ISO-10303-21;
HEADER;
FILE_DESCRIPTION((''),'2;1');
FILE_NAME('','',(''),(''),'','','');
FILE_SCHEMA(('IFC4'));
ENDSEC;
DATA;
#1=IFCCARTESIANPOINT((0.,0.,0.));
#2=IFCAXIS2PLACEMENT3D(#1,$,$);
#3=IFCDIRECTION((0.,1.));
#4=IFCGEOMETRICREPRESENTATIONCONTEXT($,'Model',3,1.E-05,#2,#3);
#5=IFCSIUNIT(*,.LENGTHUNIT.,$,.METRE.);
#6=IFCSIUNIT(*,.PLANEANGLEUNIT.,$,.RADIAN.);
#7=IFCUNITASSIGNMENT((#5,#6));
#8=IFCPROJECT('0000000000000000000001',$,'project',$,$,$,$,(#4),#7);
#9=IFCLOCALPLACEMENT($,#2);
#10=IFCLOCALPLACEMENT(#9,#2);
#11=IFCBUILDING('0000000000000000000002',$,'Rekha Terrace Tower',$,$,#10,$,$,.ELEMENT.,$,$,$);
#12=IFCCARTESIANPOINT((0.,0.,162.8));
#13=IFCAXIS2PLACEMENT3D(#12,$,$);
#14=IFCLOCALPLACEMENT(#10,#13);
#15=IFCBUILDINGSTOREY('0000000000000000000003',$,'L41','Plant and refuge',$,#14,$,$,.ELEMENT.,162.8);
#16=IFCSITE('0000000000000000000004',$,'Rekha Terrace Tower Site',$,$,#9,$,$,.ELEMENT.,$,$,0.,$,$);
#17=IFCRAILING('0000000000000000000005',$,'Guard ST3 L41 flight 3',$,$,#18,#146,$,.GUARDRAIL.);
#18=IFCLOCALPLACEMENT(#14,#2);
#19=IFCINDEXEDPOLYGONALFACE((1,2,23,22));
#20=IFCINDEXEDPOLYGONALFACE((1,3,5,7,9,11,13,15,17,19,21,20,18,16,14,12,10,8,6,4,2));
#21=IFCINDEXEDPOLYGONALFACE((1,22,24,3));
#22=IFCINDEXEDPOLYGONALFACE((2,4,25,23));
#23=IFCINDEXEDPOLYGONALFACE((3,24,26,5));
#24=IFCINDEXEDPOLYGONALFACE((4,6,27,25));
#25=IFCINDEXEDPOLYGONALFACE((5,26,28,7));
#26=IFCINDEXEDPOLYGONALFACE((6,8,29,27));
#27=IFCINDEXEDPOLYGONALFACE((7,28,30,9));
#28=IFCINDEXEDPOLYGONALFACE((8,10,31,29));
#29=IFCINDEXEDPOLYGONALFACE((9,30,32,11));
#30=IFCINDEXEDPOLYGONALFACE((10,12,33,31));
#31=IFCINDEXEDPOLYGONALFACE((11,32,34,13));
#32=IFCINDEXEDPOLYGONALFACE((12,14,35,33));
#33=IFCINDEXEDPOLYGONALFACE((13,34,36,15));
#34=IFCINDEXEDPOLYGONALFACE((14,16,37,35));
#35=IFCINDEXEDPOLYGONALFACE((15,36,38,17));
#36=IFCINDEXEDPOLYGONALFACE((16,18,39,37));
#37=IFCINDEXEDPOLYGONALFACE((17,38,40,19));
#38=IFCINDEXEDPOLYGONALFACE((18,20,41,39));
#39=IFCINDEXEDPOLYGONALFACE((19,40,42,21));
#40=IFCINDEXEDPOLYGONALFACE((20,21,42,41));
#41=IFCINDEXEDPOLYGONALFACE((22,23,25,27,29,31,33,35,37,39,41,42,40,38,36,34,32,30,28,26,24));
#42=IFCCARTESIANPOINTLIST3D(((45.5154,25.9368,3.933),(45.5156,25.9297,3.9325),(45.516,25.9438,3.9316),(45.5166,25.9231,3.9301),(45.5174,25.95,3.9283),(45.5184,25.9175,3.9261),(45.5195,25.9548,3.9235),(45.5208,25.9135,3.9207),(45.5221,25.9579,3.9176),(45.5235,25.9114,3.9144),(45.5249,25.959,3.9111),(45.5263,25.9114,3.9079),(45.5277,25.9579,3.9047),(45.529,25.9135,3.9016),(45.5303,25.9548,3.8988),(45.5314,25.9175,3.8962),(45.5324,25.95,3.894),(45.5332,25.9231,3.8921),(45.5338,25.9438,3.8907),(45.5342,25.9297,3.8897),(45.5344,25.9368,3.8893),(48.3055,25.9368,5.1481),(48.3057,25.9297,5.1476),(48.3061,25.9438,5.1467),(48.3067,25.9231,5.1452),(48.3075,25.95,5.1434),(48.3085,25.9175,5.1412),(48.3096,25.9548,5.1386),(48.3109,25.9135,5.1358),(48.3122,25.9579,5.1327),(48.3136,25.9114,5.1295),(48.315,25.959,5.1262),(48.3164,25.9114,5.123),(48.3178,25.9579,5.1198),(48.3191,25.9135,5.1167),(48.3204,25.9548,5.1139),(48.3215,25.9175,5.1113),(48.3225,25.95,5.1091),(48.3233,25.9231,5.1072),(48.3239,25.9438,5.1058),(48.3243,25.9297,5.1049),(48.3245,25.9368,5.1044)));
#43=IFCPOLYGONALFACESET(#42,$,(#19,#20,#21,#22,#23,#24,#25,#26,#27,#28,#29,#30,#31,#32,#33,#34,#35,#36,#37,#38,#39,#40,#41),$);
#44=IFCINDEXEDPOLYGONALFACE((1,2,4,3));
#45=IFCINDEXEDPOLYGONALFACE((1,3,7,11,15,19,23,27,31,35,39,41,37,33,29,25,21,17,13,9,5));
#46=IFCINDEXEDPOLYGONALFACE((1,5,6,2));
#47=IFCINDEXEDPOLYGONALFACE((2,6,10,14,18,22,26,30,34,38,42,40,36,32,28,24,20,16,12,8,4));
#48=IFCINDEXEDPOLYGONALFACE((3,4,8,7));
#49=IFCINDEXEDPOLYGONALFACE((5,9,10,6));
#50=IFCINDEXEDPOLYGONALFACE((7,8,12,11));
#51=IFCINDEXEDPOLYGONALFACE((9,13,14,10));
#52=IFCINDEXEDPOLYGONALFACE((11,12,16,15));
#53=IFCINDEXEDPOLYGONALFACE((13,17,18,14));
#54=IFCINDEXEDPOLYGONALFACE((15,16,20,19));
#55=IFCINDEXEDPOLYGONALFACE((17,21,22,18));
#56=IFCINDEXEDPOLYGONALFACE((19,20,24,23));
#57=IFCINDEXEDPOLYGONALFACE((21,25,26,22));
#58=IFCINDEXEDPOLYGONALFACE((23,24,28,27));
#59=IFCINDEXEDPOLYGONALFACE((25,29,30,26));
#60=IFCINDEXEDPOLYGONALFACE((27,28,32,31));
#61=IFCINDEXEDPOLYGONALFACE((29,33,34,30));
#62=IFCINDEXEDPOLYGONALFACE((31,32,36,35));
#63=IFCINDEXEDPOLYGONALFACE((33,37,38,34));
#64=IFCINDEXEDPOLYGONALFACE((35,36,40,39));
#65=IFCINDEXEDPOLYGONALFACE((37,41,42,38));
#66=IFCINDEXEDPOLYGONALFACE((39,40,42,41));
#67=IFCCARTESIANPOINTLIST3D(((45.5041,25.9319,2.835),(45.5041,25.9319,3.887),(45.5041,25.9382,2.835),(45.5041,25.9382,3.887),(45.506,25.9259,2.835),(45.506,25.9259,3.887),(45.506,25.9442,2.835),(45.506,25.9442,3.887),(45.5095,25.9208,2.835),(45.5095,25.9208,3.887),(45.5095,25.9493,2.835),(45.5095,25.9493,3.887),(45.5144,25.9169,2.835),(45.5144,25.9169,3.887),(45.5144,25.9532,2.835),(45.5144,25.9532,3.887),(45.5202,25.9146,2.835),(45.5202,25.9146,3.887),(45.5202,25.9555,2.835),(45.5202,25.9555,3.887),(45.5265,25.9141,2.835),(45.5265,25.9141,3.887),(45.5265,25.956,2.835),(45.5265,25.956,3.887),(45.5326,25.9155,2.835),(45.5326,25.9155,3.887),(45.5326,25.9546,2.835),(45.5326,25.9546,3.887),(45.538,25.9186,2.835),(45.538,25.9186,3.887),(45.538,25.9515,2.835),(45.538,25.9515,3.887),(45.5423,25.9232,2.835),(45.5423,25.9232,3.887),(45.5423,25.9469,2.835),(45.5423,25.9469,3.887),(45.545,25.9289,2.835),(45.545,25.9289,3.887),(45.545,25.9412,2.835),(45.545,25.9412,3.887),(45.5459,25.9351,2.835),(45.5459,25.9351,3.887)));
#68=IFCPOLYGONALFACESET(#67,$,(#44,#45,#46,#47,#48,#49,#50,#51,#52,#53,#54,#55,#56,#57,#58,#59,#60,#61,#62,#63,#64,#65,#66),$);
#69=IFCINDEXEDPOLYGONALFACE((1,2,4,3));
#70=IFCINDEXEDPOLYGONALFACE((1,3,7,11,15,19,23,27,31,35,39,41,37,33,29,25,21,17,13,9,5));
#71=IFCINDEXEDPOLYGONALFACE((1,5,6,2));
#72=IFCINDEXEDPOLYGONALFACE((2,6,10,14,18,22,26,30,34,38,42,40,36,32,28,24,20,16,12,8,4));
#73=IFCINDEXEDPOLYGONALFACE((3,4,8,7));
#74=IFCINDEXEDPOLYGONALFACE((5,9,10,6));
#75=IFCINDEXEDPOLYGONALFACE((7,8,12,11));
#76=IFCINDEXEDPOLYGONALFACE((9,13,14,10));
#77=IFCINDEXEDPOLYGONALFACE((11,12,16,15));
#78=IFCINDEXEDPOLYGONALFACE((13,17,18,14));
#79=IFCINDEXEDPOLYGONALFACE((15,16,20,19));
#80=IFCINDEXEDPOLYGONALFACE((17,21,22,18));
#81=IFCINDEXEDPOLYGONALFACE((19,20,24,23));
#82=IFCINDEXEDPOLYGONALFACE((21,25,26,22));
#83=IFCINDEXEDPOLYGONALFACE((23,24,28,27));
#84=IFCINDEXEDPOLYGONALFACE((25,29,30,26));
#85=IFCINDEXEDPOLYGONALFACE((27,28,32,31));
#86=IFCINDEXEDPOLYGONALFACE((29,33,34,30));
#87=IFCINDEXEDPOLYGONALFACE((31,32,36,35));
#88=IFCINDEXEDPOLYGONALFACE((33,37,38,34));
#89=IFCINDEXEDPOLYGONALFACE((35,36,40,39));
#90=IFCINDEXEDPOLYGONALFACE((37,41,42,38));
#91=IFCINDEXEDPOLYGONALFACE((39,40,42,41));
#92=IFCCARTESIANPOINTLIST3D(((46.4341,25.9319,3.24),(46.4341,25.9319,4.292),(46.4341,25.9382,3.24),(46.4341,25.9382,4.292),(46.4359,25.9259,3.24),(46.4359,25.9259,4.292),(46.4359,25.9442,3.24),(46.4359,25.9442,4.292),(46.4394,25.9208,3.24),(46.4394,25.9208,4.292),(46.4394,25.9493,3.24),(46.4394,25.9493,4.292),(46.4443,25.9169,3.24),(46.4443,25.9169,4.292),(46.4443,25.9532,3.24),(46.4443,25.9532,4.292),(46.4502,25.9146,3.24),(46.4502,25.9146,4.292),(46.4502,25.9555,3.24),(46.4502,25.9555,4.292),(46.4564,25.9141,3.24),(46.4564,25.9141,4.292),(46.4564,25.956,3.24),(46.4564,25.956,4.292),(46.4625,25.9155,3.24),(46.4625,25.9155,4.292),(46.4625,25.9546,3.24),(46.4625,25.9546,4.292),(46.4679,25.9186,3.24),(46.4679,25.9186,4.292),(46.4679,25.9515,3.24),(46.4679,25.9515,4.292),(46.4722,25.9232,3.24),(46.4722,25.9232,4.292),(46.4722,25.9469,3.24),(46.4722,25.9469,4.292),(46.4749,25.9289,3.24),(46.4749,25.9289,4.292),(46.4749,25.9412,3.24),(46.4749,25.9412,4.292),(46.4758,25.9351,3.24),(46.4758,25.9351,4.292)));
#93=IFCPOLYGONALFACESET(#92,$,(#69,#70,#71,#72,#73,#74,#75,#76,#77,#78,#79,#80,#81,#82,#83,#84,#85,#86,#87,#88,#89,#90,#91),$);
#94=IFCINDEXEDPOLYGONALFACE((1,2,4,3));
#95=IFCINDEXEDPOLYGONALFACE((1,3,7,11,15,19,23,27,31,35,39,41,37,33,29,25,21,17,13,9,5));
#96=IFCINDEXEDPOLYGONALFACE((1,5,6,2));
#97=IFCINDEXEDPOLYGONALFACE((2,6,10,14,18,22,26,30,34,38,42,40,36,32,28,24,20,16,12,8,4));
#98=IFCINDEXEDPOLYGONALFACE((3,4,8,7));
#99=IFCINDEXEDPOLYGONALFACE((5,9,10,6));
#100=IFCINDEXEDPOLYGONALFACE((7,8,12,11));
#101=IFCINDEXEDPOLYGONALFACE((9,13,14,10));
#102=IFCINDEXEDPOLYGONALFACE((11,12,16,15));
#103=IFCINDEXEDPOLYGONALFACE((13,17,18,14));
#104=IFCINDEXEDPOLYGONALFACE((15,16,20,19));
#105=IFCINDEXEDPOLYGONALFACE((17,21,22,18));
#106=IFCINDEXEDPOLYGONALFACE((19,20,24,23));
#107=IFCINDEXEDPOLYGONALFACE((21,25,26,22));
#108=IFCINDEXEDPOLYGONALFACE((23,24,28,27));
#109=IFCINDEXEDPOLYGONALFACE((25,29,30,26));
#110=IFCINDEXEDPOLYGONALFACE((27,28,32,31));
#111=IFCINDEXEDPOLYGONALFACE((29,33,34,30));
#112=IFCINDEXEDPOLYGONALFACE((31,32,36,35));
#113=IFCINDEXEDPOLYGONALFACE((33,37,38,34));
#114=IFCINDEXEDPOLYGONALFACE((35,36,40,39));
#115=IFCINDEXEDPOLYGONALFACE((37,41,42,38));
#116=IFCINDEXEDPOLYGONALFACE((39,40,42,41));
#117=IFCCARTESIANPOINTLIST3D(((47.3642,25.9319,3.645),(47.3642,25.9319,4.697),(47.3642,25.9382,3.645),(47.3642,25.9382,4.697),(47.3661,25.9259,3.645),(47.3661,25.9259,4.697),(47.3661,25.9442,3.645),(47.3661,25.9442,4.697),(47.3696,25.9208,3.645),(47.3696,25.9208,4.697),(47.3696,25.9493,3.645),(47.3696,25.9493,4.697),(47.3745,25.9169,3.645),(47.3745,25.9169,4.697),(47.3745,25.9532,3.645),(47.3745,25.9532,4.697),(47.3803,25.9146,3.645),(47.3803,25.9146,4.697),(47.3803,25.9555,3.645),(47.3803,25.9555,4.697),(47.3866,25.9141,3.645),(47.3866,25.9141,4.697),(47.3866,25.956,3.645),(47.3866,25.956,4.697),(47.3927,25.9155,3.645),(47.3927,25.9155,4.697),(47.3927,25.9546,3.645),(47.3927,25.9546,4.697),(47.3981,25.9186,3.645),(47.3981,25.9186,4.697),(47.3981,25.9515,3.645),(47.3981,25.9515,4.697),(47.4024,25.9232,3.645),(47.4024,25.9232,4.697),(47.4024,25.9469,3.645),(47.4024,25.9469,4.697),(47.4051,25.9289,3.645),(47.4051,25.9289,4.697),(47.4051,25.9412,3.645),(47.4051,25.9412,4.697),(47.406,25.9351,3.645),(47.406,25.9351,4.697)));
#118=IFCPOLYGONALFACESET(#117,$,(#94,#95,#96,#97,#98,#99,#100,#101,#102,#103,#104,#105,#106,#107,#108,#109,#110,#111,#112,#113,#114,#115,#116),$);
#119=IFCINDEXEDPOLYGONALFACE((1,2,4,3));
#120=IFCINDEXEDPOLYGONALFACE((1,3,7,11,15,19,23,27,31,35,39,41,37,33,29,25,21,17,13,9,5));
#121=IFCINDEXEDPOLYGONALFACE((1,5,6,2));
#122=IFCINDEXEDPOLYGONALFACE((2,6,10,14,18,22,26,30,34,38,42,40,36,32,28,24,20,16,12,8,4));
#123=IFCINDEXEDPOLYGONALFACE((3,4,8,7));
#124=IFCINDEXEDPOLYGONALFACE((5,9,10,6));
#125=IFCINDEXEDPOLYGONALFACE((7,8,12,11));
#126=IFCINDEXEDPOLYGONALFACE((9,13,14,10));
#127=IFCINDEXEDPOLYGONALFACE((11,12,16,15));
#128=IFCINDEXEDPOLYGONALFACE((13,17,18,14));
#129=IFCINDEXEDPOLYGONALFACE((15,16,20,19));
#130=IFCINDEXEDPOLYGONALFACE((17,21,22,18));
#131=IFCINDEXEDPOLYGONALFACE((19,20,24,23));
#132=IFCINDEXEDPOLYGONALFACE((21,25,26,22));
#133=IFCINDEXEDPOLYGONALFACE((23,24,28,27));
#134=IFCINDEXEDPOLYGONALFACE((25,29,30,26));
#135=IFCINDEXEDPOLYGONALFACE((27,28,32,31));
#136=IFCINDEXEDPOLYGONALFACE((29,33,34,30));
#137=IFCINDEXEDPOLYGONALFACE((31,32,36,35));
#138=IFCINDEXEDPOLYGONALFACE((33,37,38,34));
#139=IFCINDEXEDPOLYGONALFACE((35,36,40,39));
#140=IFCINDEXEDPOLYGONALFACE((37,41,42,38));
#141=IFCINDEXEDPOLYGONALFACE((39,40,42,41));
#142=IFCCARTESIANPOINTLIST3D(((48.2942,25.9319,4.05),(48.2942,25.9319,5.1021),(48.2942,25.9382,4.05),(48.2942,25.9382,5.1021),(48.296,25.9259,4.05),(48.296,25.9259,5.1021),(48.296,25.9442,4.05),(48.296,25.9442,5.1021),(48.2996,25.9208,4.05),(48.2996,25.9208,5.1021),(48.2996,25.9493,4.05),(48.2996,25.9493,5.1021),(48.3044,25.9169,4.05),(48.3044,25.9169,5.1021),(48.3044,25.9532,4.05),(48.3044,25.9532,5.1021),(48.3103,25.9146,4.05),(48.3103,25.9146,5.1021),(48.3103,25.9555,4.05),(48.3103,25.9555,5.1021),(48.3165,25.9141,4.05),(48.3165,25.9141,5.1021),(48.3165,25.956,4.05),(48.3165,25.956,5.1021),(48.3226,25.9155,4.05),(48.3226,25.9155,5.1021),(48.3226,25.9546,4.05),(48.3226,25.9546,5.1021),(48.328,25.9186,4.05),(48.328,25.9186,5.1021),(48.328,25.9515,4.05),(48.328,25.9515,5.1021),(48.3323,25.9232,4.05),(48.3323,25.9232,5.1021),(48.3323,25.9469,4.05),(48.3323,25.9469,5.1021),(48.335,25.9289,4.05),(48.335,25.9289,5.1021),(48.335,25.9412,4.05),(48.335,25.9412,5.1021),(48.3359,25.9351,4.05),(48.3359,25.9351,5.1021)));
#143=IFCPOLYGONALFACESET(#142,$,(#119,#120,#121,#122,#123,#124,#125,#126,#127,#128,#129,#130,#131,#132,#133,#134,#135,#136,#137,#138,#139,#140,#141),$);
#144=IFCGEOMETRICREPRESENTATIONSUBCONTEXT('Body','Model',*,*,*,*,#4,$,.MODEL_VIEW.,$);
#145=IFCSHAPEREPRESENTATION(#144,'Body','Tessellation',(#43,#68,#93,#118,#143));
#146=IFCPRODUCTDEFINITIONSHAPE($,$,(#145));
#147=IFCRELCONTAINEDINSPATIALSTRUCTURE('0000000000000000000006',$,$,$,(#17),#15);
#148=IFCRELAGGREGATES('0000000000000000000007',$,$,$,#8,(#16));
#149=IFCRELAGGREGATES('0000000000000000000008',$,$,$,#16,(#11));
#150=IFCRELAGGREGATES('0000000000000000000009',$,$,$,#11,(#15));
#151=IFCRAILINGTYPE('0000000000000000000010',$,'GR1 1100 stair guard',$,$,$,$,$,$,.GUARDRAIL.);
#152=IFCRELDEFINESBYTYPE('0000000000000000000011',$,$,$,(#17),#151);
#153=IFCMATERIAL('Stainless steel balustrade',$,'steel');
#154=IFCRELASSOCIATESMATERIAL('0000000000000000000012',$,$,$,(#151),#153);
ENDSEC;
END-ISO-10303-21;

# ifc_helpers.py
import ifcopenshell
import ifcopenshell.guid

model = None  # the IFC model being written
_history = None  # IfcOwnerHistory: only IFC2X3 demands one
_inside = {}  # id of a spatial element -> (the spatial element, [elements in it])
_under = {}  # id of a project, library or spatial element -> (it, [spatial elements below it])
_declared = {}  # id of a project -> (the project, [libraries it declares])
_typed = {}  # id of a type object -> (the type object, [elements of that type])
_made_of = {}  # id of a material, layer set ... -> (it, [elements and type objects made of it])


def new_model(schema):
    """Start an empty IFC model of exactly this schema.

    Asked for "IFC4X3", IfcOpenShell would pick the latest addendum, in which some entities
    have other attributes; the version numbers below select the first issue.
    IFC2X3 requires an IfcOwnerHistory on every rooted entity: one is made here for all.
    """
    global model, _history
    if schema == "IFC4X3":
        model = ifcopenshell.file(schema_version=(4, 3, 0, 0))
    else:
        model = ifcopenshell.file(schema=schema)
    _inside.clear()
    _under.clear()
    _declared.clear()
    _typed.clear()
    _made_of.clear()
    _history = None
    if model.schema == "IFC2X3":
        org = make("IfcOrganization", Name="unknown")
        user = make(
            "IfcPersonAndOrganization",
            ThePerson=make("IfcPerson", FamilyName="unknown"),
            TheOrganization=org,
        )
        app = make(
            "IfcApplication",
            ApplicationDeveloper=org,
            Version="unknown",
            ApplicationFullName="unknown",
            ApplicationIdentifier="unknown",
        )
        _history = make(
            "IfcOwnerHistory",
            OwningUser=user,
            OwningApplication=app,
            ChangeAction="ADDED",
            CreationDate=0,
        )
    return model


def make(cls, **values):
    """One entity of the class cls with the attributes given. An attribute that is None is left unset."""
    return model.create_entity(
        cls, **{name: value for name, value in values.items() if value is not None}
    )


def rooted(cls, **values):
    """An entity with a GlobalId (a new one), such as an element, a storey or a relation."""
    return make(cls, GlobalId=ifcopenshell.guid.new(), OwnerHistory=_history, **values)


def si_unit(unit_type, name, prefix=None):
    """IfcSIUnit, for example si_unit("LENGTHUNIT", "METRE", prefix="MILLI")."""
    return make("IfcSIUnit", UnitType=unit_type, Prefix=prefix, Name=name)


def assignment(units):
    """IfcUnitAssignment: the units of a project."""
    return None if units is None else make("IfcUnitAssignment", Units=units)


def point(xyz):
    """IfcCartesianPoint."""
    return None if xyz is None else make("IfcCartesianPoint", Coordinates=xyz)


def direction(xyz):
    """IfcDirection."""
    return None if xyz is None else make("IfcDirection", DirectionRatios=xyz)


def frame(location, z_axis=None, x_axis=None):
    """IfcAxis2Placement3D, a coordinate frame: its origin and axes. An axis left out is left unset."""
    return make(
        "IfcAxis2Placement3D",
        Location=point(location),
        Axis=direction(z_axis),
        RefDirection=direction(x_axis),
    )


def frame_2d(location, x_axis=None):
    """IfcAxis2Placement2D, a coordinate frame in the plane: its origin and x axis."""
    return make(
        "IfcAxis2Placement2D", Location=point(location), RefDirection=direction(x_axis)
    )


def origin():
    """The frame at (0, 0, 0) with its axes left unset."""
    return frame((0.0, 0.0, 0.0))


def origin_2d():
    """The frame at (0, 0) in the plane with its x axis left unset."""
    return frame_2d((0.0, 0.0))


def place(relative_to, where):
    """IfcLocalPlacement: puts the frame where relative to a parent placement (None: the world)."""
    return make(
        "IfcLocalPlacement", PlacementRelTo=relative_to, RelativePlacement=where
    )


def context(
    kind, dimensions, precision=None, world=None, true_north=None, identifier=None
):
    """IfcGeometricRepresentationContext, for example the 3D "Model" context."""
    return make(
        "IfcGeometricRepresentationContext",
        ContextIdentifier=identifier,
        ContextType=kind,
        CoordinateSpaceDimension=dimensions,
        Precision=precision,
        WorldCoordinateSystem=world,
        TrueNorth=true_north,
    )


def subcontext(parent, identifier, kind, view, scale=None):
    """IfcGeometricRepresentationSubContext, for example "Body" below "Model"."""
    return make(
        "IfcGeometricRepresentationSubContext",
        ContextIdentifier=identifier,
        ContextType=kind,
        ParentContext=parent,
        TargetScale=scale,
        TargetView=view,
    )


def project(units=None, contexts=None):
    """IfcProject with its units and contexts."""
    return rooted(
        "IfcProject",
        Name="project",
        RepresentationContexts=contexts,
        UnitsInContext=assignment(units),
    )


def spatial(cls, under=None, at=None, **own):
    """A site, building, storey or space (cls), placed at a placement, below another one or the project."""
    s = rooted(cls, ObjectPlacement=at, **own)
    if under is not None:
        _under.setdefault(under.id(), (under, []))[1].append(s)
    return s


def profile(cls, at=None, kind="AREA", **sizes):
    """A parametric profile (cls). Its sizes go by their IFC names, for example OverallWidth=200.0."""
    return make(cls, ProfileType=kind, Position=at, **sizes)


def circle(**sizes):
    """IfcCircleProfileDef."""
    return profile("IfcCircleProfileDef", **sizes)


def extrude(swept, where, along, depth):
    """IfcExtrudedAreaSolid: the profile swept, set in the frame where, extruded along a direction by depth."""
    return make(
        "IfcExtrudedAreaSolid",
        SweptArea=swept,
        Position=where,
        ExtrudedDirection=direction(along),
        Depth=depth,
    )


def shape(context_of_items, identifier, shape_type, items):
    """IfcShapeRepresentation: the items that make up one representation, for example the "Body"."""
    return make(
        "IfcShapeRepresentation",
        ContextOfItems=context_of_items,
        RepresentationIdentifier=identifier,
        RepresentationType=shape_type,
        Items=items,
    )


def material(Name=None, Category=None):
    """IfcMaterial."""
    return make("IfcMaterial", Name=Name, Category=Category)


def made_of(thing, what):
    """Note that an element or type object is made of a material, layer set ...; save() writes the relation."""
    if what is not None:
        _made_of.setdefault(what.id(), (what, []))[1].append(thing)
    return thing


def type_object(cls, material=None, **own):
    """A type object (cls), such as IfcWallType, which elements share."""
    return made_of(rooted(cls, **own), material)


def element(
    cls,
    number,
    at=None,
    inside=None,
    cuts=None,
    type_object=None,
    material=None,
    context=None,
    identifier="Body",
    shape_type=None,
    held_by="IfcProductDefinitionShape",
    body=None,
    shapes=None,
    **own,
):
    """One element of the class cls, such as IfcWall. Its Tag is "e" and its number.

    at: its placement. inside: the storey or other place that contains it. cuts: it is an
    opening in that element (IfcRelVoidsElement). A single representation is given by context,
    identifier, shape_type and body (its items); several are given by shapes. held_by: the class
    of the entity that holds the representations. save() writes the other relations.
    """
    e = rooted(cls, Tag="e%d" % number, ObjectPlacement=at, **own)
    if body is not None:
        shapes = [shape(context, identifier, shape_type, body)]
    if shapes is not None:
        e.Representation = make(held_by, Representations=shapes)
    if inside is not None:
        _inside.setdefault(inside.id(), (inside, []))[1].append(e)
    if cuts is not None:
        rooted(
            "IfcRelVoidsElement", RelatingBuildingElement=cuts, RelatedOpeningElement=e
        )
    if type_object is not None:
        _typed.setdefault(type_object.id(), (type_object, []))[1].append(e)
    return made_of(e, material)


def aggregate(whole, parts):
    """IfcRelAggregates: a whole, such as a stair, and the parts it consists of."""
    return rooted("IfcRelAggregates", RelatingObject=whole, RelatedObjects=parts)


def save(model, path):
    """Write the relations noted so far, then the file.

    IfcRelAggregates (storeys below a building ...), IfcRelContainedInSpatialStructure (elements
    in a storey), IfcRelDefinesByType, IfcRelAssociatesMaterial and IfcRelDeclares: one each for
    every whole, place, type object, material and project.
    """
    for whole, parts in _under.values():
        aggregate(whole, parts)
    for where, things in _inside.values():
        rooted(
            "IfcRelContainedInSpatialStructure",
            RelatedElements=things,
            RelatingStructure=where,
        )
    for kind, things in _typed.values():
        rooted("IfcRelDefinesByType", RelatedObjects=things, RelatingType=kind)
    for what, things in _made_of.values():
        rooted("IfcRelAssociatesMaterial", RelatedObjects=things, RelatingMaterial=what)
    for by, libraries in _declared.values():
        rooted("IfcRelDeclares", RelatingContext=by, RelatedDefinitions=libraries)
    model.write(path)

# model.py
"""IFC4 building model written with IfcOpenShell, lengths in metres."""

from ifc_helpers import new_model, si_unit, direction, frame, origin, origin_2d, place, context, subcontext, project, spatial, circle, extrude, material, type_object, element, save


model = new_model("IFC4")

# Units and contexts
model_context = context("Model", 3, precision=1e-05, world=origin(), true_north=direction((0.0, 1.0)))
body_context = subcontext(model_context, "Body", "Model", "MODEL_VIEW")
ifc_project = project(units=[si_unit("LENGTHUNIT", "METRE"), si_unit("PLANEANGLEUNIT", "RADIAN")], contexts=[model_context])

# Site, building, storey
site_placement = place(None, origin())
site = spatial("IfcSite", under=ifc_project, at=site_placement, Name="Rekha Terrace Tower Site", CompositionType="ELEMENT", RefElevation=0.0)
building_placement = place(site_placement, origin())
building = spatial("IfcBuilding", under=site, at=building_placement, Name="Rekha Terrace Tower", CompositionType="ELEMENT")
storey_placement = place(building_placement, frame((0.0, 0.0, 162.8)))
storey = spatial("IfcBuildingStorey", under=building, at=storey_placement, Name="L41", Description="Plant and refuge", CompositionType="ELEMENT", Elevation=162.8)

# Railing
ifc_material_1 = material(Name="Stainless steel balustrade", Category="steel")
railing_type_1 = type_object("IfcRailingType", Name="GR1 1100 stair guard", PredefinedType="GUARDRAIL", material=ifc_material_1)
railing_1_placement = place(storey_placement, frame((45.5249, 25.9351, 2.835)))
element("IfcRailing", 1, at=railing_1_placement, inside=storey, type_object=railing_type_1, Name="Guard ST3 L41 flight 3", PredefinedType="GUARDRAIL", context=body_context, shape_type="SweptSolid", body=[
    extrude(circle(Radius=0.0239, at=origin_2d()), frame((0.0, 0.0, 1.0762), z_axis=(0.916826, 0.0, 0.399286), x_axis=(0.0, 1.0, 0.0)), (0.0, 0.0, 1.0), 3.0432),
    extrude(circle(Radius=0.021, at=origin_2d()), origin(), (0.0, 0.0, 1.0), 1.052),
    extrude(circle(Radius=0.021, at=origin_2d()), frame((0.9299, 0.0, 0.405)), (0.0, 0.0, 1.0), 1.052),
    extrude(circle(Radius=0.021, at=origin_2d()), frame((1.8601, 0.0, 0.8101)), (0.0, 0.0, 1.0), 1.052),
    extrude(circle(Radius=0.021, at=origin_2d()), frame((2.79, 0.0, 1.2151)), (0.0, 0.0, 1.0), 1.052),
])

save(model, "model.ifc")
